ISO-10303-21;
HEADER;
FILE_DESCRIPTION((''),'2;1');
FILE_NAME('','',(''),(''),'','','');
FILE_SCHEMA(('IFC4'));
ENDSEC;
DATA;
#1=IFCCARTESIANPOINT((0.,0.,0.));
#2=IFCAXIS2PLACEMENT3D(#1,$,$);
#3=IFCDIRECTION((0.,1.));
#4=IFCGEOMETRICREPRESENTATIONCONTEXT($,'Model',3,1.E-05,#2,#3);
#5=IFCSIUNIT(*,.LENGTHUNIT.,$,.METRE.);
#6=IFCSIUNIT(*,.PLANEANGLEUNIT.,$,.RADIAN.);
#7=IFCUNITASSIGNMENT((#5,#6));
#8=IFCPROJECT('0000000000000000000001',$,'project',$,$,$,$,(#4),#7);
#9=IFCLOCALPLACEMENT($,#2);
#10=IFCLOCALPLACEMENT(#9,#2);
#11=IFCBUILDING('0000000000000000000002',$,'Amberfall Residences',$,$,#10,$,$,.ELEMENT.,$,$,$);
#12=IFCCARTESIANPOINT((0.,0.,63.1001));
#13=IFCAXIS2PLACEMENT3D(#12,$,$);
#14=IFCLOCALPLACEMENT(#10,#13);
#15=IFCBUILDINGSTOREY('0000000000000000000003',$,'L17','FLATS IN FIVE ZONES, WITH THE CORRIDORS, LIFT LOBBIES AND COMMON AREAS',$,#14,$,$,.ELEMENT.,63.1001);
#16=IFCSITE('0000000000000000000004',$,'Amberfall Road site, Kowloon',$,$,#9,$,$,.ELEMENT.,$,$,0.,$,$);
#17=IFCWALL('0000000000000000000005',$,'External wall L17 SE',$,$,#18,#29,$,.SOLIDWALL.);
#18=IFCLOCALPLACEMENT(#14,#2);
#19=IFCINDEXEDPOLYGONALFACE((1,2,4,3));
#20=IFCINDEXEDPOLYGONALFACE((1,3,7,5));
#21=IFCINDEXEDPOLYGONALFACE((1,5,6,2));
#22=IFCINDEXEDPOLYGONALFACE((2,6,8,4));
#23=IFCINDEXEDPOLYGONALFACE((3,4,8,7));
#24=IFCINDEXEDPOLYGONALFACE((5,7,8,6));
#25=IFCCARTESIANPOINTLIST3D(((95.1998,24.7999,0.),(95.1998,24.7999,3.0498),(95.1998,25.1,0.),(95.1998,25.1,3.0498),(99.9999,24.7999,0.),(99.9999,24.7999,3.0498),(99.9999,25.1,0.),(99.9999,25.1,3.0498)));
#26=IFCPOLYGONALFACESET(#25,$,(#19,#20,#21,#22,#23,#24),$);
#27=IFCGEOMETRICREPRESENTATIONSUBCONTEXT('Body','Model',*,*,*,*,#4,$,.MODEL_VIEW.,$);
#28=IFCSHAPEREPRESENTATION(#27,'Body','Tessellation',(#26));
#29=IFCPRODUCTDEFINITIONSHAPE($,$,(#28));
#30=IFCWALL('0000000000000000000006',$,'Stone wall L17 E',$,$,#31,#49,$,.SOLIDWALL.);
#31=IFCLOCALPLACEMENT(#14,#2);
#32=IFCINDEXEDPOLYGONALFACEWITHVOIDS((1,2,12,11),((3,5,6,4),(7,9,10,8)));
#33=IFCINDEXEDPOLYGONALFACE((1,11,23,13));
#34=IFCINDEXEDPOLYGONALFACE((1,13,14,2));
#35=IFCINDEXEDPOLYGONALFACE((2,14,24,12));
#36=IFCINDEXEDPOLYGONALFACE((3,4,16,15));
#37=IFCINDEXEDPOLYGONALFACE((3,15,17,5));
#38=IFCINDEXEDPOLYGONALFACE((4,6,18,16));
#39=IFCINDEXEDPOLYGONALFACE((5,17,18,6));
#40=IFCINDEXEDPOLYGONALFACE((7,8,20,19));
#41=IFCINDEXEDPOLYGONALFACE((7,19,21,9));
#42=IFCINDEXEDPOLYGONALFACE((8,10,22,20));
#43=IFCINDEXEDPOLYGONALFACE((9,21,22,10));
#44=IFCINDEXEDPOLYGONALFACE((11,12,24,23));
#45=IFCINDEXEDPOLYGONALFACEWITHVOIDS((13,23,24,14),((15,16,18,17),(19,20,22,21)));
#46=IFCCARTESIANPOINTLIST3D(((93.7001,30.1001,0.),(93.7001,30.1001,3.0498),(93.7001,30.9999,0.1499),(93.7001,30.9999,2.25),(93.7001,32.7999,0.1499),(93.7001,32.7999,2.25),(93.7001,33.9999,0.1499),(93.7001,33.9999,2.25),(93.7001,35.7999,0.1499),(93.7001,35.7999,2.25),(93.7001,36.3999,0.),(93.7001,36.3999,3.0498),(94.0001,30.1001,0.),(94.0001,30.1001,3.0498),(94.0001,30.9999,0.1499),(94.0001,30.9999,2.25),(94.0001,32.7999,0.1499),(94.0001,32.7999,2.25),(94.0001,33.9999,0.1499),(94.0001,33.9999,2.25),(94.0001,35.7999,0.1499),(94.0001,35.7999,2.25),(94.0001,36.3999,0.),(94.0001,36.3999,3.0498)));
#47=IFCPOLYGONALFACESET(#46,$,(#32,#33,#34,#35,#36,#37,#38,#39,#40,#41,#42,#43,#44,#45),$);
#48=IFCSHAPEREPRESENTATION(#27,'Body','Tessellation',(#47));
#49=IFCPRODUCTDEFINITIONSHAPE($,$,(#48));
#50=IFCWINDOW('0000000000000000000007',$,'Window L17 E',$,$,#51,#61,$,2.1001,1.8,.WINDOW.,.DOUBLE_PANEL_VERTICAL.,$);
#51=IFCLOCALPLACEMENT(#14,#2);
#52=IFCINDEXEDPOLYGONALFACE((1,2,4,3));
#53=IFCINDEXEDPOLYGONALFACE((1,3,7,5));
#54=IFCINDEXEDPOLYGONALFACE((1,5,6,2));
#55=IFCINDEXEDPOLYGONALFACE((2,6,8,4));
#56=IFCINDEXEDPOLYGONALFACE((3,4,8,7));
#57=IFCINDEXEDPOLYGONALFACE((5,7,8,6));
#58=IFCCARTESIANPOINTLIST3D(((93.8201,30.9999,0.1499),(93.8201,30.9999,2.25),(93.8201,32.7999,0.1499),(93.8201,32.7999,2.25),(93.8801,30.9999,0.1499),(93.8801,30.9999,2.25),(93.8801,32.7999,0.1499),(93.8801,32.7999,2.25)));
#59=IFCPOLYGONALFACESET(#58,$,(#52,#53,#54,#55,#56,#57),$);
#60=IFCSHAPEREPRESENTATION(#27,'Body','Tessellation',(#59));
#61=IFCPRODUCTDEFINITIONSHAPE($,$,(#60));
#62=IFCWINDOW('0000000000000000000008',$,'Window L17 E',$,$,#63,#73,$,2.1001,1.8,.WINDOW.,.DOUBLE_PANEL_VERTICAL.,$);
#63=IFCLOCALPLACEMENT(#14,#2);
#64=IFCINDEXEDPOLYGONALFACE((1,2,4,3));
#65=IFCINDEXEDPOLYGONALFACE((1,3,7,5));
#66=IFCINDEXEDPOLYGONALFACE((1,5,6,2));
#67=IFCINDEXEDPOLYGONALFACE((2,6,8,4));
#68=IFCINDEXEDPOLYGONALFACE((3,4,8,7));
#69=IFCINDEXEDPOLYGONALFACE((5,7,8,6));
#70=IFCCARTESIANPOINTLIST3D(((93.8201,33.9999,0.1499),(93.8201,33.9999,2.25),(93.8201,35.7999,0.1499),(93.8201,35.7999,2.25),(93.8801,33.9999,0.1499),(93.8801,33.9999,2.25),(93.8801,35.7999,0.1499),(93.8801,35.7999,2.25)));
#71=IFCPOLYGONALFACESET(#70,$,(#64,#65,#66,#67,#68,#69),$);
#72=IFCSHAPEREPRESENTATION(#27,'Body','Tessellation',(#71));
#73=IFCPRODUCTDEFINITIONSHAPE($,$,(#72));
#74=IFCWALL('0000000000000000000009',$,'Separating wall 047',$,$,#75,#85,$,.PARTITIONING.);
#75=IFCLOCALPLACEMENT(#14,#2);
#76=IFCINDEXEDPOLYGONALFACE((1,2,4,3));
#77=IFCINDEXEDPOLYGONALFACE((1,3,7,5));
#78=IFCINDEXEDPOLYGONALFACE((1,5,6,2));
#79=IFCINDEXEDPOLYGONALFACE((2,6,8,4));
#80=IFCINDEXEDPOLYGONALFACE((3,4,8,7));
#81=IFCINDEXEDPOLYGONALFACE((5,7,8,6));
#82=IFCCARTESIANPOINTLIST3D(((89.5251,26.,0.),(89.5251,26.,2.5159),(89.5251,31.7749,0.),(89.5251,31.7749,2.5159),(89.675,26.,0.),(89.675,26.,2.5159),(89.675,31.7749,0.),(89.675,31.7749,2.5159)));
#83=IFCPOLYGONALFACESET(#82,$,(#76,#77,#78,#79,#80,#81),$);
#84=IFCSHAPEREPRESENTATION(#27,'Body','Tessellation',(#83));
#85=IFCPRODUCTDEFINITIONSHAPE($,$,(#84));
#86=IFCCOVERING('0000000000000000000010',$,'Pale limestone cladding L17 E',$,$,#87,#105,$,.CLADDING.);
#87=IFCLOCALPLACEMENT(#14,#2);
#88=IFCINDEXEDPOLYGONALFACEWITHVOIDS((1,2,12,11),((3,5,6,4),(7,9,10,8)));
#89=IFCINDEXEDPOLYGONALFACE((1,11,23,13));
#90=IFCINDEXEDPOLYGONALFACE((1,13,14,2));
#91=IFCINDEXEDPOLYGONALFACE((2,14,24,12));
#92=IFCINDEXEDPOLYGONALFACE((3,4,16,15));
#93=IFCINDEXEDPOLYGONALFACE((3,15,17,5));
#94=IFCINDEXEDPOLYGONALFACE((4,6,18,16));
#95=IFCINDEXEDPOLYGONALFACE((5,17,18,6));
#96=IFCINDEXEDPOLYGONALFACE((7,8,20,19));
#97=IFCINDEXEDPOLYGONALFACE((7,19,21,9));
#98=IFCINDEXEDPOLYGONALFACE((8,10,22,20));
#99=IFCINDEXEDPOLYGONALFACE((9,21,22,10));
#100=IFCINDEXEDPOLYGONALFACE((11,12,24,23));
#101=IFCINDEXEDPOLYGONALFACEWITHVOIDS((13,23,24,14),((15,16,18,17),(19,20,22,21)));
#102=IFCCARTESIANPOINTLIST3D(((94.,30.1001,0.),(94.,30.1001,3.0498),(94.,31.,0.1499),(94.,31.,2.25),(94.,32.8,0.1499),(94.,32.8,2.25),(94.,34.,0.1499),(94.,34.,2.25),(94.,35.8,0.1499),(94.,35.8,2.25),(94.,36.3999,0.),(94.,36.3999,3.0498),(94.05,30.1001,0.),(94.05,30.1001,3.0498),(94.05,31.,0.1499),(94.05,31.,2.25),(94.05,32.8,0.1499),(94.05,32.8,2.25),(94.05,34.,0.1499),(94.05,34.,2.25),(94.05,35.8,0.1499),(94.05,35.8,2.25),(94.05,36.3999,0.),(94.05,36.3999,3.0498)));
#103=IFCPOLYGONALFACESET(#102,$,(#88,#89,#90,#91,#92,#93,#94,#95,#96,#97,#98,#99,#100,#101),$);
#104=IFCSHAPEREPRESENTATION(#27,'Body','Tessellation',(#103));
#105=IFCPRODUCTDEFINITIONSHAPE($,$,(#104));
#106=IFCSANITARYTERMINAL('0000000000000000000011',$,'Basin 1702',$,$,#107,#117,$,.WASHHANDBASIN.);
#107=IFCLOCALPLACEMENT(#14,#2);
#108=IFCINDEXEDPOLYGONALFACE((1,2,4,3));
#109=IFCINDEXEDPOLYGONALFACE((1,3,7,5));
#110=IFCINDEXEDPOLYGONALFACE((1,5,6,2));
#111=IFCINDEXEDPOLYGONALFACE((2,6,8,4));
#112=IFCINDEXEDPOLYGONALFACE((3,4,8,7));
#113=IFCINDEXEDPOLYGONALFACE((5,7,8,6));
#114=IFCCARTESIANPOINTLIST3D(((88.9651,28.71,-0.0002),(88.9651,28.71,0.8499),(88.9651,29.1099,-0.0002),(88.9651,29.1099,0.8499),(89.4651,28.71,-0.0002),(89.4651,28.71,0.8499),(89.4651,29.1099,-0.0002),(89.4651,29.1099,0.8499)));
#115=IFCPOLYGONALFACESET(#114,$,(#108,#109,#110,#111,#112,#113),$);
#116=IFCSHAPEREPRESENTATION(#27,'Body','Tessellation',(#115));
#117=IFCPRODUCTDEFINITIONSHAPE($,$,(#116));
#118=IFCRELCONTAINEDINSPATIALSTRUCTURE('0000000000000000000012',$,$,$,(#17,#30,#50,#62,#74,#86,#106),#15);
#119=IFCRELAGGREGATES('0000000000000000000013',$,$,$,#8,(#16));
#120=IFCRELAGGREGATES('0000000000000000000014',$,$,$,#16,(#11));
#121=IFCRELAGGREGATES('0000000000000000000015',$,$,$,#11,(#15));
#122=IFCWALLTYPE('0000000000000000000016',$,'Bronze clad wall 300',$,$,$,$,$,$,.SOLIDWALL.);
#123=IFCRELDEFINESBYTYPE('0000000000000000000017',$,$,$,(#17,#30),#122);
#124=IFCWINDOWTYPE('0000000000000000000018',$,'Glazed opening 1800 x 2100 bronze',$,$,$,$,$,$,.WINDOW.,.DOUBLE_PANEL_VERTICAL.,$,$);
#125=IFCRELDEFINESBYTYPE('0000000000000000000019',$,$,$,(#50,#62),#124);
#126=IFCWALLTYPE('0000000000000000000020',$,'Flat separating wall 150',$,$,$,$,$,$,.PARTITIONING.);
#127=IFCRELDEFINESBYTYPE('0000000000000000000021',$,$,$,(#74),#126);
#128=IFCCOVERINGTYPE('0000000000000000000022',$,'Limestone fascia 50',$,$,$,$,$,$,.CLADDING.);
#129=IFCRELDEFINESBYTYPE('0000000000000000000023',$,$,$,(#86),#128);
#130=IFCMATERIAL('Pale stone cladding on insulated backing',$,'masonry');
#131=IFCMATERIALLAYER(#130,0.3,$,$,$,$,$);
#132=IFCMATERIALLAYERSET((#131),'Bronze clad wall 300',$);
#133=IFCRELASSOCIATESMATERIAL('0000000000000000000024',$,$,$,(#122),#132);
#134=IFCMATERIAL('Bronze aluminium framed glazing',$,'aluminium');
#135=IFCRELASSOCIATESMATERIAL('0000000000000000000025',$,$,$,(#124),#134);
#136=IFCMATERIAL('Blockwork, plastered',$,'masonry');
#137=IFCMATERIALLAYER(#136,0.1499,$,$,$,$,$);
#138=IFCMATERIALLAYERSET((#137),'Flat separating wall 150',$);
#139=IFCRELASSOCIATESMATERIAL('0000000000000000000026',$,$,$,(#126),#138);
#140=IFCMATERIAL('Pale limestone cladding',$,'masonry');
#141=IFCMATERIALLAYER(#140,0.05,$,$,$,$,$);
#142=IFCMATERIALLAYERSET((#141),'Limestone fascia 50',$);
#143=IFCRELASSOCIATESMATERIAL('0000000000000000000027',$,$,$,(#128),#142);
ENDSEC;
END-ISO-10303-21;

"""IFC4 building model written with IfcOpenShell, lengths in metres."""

from ifc_helpers import new_model, si_unit, direction, frame, frame_2d, origin, origin_2d, place, context, subcontext, project, spatial, polyline, rectangle, outline, extrude, material, layer, layer_set, type_object, element, fill, save


model = new_model("IFC4")

# Units and contexts
model_context = context("Model", 3, precision=1e-05, world=origin(), true_north=direction((0.0, 1.0)))
body_context = subcontext(model_context, "Body", "Model", "MODEL_VIEW")
ifc_project = project(units=[si_unit("LENGTHUNIT", "METRE"), si_unit("PLANEANGLEUNIT", "RADIAN")], contexts=[model_context])

# Site, building, storey
site_placement = place(None, origin())
site = spatial("IfcSite", under=ifc_project, at=site_placement, Name="Amberfall Road site, Kowloon", CompositionType="ELEMENT", RefElevation=0.0)
building_placement = place(site_placement, origin())
building = spatial("IfcBuilding", under=site, at=building_placement, Name="Amberfall Residences", CompositionType="ELEMENT")
storey_placement = place(building_placement, frame((0.0, 0.0, 63.1001)))
storey = spatial("IfcBuildingStorey", under=building, at=storey_placement, Name="L17", Description="FLATS IN FIVE ZONES, WITH THE CORRIDORS, LIFT LOBBIES AND COMMON AREAS", CompositionType="ELEMENT", Elevation=63.1001)

# Shared definitions
ifc_material_1 = material(Name="Pale stone cladding on insulated backing", Category="masonry")
ifc_layer_1 = layer(ifc_material_1, 0.3)
ifc_layer_set_1 = layer_set([ifc_layer_1], Name="Bronze clad wall 300")
wall_type_1 = type_object("IfcWallType", Name="Bronze clad wall 300", PredefinedType="SOLIDWALL", material=ifc_layer_set_1)
ifc_material_2 = material(Name="Bronze aluminium framed glazing", Category="aluminium")

# Wall
wall_1_placement = place(storey_placement, frame((95.2, 24.95, 0.0), z_axis=(0.0, 0.0, 1.0), x_axis=(1.0, 0.0, 0.0)))
element("IfcWall", 1, at=wall_1_placement, inside=storey, type_object=wall_type_1, Name="External wall L17 SE", PredefinedType="SOLIDWALL", context=body_context, shape_type="SweptSolid", body=[
    extrude(rectangle(XDim=4.8, YDim=0.3, at=frame_2d((2.3999, 0.0))), origin(), (0.0, 0.0, 1.0), 3.0498),
])

# Wall, openings, windows
wall_2_placement = place(storey_placement, frame((93.8501, 30.1001, 0.0), z_axis=(0.0, 0.0, 1.0), x_axis=(0.0, 1.0, 0.0)))
wall_2 = element("IfcWall", 2, at=wall_2_placement, inside=storey, type_object=wall_type_1, Name="Stone wall L17 E", PredefinedType="SOLIDWALL", context=body_context, shape_type="SweptSolid", body=[
    extrude(rectangle(XDim=6.2998, YDim=0.3, at=frame_2d((3.1499, 0.0))), origin(), (0.0, 0.0, 1.0), 3.0498),
])
opening_1_placement = place(wall_2_placement, frame((0.8999, 0.0, 0.1499)))
opening_1 = element("IfcOpeningElement", 3, at=opening_1_placement, cuts=wall_2, PredefinedType="OPENING", context=body_context, shape_type="SweptSolid", body=[
    extrude(rectangle(XDim=1.8, YDim=2.1001, at=frame_2d((0.8999, 1.05))), frame((0.0, 0.1599, 0.0), z_axis=(0.0, -1.0, 0.0), x_axis=(1.0, 0.0, 0.0)), (0.0, 0.0, 1.0), 0.3201),
])
opening_2_placement = place(wall_2_placement, frame((3.8999, 0.0, 0.1499)))
opening_2 = element("IfcOpeningElement", 4, at=opening_2_placement, cuts=wall_2, PredefinedType="OPENING", context=body_context, shape_type="SweptSolid", body=[
    extrude(rectangle(XDim=1.8, YDim=2.1001, at=frame_2d((0.8999, 1.05))), frame((0.0, 0.1599, 0.0), z_axis=(0.0, -1.0, 0.0), x_axis=(1.0, 0.0, 0.0)), (0.0, 0.0, 1.0), 0.3201),
])
window_type_1 = type_object("IfcWindowType", Name="Glazed opening 1800 x 2100 bronze", PartitioningType="DOUBLE_PANEL_VERTICAL", PredefinedType="WINDOW", material=ifc_material_2)
window_1_placement = place(opening_1_placement, origin())
window_1 = element("IfcWindow", 5, at=window_1_placement, inside=storey, type_object=window_type_1, Name="Window L17 E", OverallHeight=2.1001, OverallWidth=1.8, PartitioningType="DOUBLE_PANEL_VERTICAL", PredefinedType="WINDOW", context=body_context, shape_type="SweptSolid", body=[
    extrude(rectangle(XDim=1.8, YDim=2.1001, at=frame_2d((0.8999, 1.05))), frame((0.0, 0.03, 0.0), z_axis=(0.0, -1.0, 0.0), x_axis=(1.0, 0.0, 0.0)), (0.0, 0.0, 1.0), 0.0601),
])
fill(opening_1, window_1)
window_2_placement = place(opening_2_placement, origin())
window_2 = element("IfcWindow", 6, at=window_2_placement, inside=storey, type_object=window_type_1, Name="Window L17 E", OverallHeight=2.1001, OverallWidth=1.8, PartitioningType="DOUBLE_PANEL_VERTICAL", PredefinedType="WINDOW", context=body_context, shape_type="SweptSolid", body=[
    extrude(rectangle(XDim=1.8, YDim=2.1001, at=frame_2d((0.8999, 1.05))), frame((0.0, 0.03, 0.0), z_axis=(0.0, -1.0, 0.0), x_axis=(1.0, 0.0, 0.0)), (0.0, 0.0, 1.0), 0.0601),
])
fill(opening_2, window_2)

# Wall
ifc_material_3 = material(Name="Blockwork, plastered", Category="masonry")
ifc_layer_2 = layer(ifc_material_3, 0.1499)
ifc_layer_set_2 = layer_set([ifc_layer_2], Name="Flat separating wall 150")
wall_type_2 = type_object("IfcWallType", Name="Flat separating wall 150", PredefinedType="PARTITIONING", material=ifc_layer_set_2)
wall_3_placement = place(storey_placement, frame((89.6001, 26.0, 0.0), z_axis=(0.0, 0.0, 1.0), x_axis=(0.0, 1.0, 0.0)))
element("IfcWall", 7, at=wall_3_placement, inside=storey, type_object=wall_type_2, Name="Separating wall 047", PredefinedType="PARTITIONING", context=body_context, shape_type="SweptSolid", body=[
    extrude(rectangle(XDim=5.7749, YDim=0.1499, at=frame_2d((2.8875, 0.0))), origin(), (0.0, 0.0, 1.0), 2.5159),
])

# Covering
ifc_material_4 = material(Name="Pale limestone cladding", Category="masonry")
ifc_layer_3 = layer(ifc_material_4, 0.05)
ifc_layer_set_3 = layer_set([ifc_layer_3], Name="Limestone fascia 50")
covering_type = type_object("IfcCoveringType", Name="Limestone fascia 50", PredefinedType="CLADDING", material=ifc_layer_set_3)
covering_placement = place(storey_placement, frame((94.0, 30.1001, 3.0498), z_axis=(-1.0, 0.0, 0.0), x_axis=(0.0, 1.0, 0.0)))
element("IfcCovering", 8, at=covering_placement, inside=storey, type_object=covering_type, Name="Pale limestone cladding L17 E", PredefinedType="CLADDING", context=body_context, shape_type="SweptSolid", body=[
    extrude(outline(polyline([(0.0, 0.0), (6.2998, 0.0), (6.2998, 3.0498), (0.0, 3.0498), (0.0, 0.0)]), holes=[polyline([(0.8999, 0.7998), (2.7, 0.7998), (2.7, 2.8999), (0.8999, 2.8999), (0.8999, 0.7998)]), polyline([(3.8999, 0.7998), (5.7, 0.7998), (5.7, 2.8999), (3.8999, 2.8999), (3.8999, 0.7998)])]), origin(), (0.0, 0.0, -1.0), 0.05),
])

# Sanitary terminal
sanitary_terminal_placement = place(storey_placement, frame((89.2151, 28.9099, -0.0002), z_axis=(0.0, 0.0, 1.0), x_axis=(1.0, 0.0, 0.0)))
element("IfcSanitaryTerminal", 9, at=sanitary_terminal_placement, inside=storey, Name="Basin 1702", PredefinedType="WASHHANDBASIN", context=body_context, shape_type="SweptSolid", body=[
    extrude(rectangle(XDim=0.5, YDim=0.3999, at=origin_2d()), origin(), (0.0, 0.0, 1.0), 0.8501),
])

save(model, "model.ifc")
